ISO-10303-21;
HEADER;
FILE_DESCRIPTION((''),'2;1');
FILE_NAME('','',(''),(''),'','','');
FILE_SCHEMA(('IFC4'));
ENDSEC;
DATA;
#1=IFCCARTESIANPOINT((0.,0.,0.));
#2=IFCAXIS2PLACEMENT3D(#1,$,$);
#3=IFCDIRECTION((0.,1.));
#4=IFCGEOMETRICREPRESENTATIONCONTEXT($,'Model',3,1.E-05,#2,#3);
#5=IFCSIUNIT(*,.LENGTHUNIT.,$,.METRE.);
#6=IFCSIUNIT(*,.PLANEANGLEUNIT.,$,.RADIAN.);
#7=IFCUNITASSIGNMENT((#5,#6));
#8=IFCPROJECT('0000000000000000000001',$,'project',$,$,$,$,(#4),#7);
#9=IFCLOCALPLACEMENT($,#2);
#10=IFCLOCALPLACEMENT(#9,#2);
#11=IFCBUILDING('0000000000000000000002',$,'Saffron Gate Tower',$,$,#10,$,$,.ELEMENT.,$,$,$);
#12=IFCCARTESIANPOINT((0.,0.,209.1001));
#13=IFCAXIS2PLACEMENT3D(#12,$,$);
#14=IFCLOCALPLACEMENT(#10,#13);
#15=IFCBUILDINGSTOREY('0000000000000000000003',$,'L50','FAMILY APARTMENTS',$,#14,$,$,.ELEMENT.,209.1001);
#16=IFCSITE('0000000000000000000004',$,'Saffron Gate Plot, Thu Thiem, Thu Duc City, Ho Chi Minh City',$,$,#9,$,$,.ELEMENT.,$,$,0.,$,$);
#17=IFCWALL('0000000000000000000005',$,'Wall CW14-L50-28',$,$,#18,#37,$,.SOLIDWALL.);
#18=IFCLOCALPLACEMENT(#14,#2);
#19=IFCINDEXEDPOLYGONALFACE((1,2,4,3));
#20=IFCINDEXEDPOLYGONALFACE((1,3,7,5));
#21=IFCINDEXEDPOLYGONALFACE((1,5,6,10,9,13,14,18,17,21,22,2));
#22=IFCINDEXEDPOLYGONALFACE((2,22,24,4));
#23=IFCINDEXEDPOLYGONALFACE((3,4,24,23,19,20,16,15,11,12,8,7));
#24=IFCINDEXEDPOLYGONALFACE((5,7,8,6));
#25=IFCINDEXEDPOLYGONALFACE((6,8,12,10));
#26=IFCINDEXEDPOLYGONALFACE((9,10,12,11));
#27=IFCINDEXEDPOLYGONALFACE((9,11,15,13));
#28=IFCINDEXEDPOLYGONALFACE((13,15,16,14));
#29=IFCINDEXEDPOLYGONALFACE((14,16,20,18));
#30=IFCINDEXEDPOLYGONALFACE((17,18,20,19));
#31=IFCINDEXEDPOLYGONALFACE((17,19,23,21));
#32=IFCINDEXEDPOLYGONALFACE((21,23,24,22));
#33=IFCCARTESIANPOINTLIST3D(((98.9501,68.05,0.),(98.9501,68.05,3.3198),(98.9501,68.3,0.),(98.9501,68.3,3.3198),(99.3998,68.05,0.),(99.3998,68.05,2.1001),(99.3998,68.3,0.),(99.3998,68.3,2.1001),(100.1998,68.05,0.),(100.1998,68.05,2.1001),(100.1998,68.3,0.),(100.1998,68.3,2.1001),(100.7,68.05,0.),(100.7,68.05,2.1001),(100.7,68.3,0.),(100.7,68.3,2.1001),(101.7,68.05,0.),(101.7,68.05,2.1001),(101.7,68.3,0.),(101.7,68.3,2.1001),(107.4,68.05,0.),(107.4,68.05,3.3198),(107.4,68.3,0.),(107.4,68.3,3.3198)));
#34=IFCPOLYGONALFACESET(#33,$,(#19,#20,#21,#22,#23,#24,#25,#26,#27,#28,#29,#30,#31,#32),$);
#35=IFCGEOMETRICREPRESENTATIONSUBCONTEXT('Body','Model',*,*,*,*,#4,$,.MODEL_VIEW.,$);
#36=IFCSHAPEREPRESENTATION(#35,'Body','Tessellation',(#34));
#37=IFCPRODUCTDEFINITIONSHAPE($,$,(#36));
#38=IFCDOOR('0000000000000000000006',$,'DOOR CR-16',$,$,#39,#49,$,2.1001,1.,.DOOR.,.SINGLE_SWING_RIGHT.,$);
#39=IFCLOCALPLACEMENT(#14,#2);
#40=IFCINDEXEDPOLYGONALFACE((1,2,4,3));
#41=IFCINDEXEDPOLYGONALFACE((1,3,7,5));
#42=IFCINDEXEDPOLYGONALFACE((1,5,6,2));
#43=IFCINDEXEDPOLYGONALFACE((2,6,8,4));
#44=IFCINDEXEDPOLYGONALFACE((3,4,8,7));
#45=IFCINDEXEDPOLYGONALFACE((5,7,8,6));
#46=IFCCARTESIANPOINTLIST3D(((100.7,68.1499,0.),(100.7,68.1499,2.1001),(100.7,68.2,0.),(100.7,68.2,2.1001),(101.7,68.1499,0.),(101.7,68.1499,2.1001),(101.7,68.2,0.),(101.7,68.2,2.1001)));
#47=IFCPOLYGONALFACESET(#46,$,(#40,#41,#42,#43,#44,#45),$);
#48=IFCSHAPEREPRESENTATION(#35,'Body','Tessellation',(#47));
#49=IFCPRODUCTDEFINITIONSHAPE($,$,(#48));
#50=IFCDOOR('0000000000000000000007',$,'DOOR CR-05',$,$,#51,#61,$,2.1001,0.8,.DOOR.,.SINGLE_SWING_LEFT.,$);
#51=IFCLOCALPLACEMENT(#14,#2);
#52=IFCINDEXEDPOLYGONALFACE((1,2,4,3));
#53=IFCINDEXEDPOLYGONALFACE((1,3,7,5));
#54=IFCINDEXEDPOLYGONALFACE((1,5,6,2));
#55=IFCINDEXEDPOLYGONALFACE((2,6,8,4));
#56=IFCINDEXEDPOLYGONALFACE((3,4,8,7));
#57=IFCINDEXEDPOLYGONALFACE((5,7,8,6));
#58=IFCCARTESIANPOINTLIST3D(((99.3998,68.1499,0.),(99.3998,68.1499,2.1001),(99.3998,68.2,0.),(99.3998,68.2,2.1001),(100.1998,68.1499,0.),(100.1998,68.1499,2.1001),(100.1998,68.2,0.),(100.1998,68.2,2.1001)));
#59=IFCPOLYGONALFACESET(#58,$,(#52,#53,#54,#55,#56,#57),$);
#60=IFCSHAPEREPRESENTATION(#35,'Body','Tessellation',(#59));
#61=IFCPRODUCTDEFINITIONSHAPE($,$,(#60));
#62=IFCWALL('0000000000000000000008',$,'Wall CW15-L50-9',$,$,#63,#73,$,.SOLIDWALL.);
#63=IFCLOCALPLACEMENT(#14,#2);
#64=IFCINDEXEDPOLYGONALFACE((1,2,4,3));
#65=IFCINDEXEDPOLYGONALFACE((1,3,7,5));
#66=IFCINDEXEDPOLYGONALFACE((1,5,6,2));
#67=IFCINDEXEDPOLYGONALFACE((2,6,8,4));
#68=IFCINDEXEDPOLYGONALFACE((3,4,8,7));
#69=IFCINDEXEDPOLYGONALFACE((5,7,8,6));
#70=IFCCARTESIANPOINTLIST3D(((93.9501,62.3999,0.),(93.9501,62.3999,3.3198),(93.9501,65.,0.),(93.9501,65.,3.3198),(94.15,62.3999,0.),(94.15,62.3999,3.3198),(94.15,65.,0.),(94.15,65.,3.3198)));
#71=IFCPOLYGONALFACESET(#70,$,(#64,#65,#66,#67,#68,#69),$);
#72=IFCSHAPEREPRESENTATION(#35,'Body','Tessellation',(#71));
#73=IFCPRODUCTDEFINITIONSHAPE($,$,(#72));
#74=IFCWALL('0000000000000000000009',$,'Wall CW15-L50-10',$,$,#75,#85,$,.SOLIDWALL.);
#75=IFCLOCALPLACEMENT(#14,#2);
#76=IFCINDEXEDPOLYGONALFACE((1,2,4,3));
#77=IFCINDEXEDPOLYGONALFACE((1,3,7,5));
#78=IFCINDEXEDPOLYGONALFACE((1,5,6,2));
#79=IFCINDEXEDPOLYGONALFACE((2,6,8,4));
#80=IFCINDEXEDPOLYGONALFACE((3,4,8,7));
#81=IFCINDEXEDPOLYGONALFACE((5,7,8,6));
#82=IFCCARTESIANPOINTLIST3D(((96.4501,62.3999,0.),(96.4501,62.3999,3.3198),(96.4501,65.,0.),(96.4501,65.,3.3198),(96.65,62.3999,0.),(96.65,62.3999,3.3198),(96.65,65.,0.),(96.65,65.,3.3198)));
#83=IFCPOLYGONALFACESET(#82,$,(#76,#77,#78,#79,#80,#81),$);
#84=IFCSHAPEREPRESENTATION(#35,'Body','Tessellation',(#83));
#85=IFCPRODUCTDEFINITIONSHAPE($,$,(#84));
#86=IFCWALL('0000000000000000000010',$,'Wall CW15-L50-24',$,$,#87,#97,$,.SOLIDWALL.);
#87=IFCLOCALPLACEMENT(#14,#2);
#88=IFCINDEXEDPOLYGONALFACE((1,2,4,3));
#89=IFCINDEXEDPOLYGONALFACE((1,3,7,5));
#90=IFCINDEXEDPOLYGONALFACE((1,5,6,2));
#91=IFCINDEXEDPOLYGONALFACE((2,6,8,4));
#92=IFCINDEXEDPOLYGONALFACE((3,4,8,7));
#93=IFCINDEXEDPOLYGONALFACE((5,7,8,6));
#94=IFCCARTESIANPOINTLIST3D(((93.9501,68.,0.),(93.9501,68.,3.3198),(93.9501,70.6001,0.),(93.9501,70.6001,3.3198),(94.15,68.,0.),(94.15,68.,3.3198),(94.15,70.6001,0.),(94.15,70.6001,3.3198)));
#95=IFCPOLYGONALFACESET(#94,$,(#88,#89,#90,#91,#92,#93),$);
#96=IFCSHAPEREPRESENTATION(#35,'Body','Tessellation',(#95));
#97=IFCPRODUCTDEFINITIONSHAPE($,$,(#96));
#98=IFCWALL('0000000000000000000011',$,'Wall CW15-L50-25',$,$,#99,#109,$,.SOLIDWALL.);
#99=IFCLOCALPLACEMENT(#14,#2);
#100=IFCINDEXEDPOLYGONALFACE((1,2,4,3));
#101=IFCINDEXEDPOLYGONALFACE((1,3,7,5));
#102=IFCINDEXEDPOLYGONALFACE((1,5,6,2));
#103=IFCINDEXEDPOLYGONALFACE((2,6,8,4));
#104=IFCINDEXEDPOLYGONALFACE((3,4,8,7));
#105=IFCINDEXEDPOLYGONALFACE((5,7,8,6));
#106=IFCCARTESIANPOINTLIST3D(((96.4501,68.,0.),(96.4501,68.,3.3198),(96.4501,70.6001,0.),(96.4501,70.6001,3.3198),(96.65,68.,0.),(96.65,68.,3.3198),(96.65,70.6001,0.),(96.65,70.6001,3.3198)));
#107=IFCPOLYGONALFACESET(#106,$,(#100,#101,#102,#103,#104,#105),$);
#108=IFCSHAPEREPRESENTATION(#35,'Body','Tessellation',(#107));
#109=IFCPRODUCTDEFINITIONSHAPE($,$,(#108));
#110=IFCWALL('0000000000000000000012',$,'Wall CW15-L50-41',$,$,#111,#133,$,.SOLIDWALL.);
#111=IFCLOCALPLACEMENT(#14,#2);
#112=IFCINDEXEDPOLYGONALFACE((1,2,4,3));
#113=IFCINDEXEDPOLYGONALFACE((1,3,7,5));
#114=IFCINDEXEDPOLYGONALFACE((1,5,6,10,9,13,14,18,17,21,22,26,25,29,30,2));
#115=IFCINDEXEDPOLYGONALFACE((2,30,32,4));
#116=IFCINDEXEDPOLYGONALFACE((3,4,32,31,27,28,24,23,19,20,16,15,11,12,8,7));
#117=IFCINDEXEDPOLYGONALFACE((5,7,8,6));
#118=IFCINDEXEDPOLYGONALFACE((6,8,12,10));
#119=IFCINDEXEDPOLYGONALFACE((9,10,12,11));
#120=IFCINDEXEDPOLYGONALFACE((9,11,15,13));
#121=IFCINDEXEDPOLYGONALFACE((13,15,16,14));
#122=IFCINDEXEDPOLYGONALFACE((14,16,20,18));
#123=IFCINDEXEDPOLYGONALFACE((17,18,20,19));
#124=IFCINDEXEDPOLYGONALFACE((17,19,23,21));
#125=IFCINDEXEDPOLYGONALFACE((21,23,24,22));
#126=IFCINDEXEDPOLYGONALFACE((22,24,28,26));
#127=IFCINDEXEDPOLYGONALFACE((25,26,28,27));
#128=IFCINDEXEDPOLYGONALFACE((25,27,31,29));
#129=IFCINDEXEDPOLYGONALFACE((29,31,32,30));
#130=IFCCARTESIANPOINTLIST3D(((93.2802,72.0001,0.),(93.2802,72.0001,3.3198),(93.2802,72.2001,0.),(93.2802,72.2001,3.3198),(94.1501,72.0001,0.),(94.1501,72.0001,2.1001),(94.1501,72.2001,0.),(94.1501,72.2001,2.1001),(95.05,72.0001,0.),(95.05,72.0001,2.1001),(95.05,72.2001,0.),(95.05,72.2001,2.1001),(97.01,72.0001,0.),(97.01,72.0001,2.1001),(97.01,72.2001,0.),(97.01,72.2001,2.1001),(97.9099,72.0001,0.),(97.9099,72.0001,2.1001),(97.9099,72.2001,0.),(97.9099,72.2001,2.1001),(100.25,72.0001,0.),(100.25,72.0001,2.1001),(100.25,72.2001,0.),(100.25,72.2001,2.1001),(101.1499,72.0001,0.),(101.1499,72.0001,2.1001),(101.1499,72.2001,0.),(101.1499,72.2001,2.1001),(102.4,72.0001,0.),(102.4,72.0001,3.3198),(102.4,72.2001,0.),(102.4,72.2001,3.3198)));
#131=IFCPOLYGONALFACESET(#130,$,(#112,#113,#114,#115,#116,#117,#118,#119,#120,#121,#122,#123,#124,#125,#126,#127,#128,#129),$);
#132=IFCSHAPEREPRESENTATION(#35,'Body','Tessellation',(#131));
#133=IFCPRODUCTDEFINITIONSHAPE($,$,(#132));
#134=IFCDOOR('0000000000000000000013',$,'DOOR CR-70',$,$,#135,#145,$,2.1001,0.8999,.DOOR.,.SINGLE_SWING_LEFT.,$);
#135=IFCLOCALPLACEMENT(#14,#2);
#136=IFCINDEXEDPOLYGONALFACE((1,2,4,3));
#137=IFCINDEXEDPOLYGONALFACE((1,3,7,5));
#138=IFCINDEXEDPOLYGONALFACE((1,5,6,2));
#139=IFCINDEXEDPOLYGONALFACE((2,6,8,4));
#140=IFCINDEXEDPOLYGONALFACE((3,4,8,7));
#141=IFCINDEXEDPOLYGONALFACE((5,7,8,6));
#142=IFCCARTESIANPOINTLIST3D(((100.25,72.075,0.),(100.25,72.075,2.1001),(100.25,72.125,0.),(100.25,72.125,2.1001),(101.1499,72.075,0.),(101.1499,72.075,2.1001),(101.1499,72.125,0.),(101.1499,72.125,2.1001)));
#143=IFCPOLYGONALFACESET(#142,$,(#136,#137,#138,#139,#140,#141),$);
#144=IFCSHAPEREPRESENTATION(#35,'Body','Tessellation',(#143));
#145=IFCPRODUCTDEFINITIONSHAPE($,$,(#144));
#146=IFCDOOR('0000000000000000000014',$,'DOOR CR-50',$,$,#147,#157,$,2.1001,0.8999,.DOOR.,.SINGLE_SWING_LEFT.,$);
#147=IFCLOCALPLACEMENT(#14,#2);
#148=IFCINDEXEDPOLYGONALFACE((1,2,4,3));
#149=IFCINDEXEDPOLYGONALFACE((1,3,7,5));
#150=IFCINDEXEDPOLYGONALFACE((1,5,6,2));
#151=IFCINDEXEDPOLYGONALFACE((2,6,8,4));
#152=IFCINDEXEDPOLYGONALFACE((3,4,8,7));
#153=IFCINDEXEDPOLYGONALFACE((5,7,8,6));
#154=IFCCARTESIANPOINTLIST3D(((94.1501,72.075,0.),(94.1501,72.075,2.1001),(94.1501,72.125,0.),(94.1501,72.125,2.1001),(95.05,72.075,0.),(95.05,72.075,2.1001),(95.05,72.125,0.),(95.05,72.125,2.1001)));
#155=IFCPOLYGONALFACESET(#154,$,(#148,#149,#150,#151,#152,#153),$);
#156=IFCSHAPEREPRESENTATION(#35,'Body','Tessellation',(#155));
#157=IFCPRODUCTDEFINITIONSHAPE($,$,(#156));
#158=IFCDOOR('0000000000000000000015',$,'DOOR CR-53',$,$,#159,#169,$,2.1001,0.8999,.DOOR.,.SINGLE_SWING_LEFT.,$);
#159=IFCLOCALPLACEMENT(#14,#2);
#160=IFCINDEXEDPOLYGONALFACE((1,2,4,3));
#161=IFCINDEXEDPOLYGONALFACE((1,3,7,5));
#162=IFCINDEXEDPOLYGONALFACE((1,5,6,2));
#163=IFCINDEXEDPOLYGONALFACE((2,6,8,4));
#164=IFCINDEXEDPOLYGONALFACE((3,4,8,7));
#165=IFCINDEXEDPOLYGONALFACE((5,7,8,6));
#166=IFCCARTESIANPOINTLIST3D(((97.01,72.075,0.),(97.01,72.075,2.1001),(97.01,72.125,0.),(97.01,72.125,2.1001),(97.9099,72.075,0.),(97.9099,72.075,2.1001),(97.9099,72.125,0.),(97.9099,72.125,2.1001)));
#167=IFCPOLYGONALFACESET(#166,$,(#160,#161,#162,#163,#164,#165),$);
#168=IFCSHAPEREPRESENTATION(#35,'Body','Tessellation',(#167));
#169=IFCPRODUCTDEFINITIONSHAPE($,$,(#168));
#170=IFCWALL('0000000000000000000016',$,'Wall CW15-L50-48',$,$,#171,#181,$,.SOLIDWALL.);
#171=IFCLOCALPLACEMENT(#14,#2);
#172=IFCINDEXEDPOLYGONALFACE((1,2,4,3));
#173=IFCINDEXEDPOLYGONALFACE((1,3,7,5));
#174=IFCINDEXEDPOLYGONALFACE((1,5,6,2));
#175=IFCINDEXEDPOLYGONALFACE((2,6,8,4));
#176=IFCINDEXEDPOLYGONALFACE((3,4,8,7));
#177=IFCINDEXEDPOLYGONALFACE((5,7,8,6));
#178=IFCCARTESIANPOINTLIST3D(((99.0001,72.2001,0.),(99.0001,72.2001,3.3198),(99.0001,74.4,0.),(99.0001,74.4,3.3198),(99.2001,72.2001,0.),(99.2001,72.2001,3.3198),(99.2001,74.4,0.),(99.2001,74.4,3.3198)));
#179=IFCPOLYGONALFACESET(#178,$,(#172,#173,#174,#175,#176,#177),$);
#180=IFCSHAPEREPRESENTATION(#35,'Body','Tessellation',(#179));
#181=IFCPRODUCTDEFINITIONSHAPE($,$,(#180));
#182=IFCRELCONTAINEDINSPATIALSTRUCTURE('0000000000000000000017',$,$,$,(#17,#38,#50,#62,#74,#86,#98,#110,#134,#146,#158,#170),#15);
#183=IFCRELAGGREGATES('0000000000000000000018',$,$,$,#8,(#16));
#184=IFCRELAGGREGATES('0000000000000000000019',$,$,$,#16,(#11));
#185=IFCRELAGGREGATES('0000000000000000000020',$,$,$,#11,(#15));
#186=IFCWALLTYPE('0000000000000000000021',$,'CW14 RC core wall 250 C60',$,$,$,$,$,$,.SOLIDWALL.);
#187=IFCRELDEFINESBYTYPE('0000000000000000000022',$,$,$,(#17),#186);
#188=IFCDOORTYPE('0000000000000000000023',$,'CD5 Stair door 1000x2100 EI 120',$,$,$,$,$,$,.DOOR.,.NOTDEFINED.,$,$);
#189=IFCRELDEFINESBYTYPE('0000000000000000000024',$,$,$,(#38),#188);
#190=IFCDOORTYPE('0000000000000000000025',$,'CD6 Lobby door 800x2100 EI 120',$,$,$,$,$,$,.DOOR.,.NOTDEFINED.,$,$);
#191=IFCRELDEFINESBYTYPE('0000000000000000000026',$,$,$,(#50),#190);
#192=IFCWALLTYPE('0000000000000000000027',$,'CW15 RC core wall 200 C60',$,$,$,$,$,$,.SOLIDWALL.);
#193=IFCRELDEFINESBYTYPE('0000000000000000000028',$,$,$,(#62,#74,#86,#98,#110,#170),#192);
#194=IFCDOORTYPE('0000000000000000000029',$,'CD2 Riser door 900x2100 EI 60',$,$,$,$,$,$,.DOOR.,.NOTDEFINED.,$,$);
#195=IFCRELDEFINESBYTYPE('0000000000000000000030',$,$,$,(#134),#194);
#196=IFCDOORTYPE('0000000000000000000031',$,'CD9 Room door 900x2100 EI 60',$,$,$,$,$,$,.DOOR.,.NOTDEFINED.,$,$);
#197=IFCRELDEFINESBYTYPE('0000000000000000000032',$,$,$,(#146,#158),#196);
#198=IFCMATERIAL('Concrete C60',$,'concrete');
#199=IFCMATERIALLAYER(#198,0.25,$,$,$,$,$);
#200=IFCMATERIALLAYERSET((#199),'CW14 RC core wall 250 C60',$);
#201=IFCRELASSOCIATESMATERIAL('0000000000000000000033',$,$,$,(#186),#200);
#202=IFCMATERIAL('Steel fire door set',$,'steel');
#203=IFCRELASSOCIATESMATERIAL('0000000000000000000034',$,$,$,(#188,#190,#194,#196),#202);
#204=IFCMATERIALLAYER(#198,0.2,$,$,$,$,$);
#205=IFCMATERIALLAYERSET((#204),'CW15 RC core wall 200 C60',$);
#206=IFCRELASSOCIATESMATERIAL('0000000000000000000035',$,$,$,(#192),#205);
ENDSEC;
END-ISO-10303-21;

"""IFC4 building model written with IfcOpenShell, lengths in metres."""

from ifc_helpers import new_model, si_unit, direction, frame, frame_2d, origin, place, context, subcontext, project, spatial, rectangle, extrude, material, layer, layer_set, type_object, element, fill, save


model = new_model("IFC4")

# Units and contexts
model_context = context("Model", 3, precision=1e-05, world=origin(), true_north=direction((0.0, 1.0)))
body_context = subcontext(model_context, "Body", "Model", "MODEL_VIEW")
ifc_project = project(units=[si_unit("LENGTHUNIT", "METRE"), si_unit("PLANEANGLEUNIT", "RADIAN")], contexts=[model_context])

# Site, building, storey
site_placement = place(None, origin())
site = spatial("IfcSite", under=ifc_project, at=site_placement, Name="Saffron Gate Plot, Thu Thiem, Thu Duc City, Ho Chi Minh City", CompositionType="ELEMENT", RefElevation=0.0)
building_placement = place(site_placement, origin())
building = spatial("IfcBuilding", under=site, at=building_placement, Name="Saffron Gate Tower", CompositionType="ELEMENT")
storey_placement = place(building_placement, frame((0.0, 0.0, 209.1001)))
storey = spatial("IfcBuildingStorey", under=building, at=storey_placement, Name="L50", Description="FAMILY APARTMENTS", CompositionType="ELEMENT", Elevation=209.1001)

# Wall, openings, doors
ifc_material_1 = material(Name="Concrete C60", Category="concrete")
ifc_layer_1 = layer(ifc_material_1, 0.25)
ifc_layer_set_1 = layer_set([ifc_layer_1], Name="CW14 RC core wall 250 C60")
wall_type_1 = type_object("IfcWallType", Name="CW14 RC core wall 250 C60", PredefinedType="SOLIDWALL", material=ifc_layer_set_1)
wall_1_placement = place(storey_placement, frame((98.95, 68.175, 0.0), z_axis=(0.0, 0.0, 1.0), x_axis=(1.0, 0.0, 0.0)))
wall_1 = element("IfcWall", 1, at=wall_1_placement, inside=storey, type_object=wall_type_1, Name="Wall CW14-L50-28", PredefinedType="SOLIDWALL", context=body_context, shape_type="SweptSolid", body=[
    extrude(rectangle(XDim=8.45, YDim=0.25, at=frame_2d((4.2251, 0.0))), origin(), (0.0, 0.0, 1.0), 3.3198),
])
opening_1_placement = place(wall_1_placement, frame((0.45, 0.0, 0.0)))
opening_1 = element("IfcOpeningElement", 2, at=opening_1_placement, cuts=wall_1, PredefinedType="OPENING", context=body_context, shape_type="SweptSolid", body=[
    extrude(rectangle(XDim=0.8, YDim=2.1001, at=frame_2d((0.3999, 1.05))), frame((0.0, 0.135, 0.0), z_axis=(0.0, -1.0, 0.0), x_axis=(1.0, 0.0, 0.0)), (0.0, 0.0, 1.0), 0.27),
])
opening_2_placement = place(wall_1_placement, frame((1.75, 0.0, 0.0)))
opening_2 = element("IfcOpeningElement", 3, at=opening_2_placement, cuts=wall_1, PredefinedType="OPENING", context=body_context, shape_type="SweptSolid", body=[
    extrude(rectangle(XDim=1.0, YDim=2.1001, at=frame_2d((0.5, 1.05))), frame((0.0, 0.135, 0.0), z_axis=(0.0, -1.0, 0.0), x_axis=(1.0, 0.0, 0.0)), (0.0, 0.0, 1.0), 0.27),
])
ifc_material_2 = material(Name="Steel fire door set", Category="steel")
door_type_1 = type_object("IfcDoorType", Name="CD5 Stair door 1000x2100 EI 120", OperationType="NOTDEFINED", PredefinedType="DOOR", material=ifc_material_2)
door_1_placement = place(opening_2_placement, origin())
door_1 = element("IfcDoor", 4, at=door_1_placement, inside=storey, type_object=door_type_1, Name="DOOR CR-16", OperationType="SINGLE_SWING_RIGHT", OverallHeight=2.1001, OverallWidth=1.0, PredefinedType="DOOR", context=body_context, shape_type="SweptSolid", body=[
    extrude(rectangle(XDim=1.0, YDim=2.1001, at=frame_2d((0.5, 1.05))), frame((0.0, 0.0249, 0.0), z_axis=(0.0, -1.0, 0.0), x_axis=(1.0, 0.0, 0.0)), (0.0, 0.0, 1.0), 0.05),
])
fill(opening_2, door_1)
door_type_2 = type_object("IfcDoorType", Name="CD6 Lobby door 800x2100 EI 120", OperationType="NOTDEFINED", PredefinedType="DOOR", material=ifc_material_2)
door_2_placement = place(opening_1_placement, origin())
door_2 = element("IfcDoor", 5, at=door_2_placement, inside=storey, type_object=door_type_2, Name="DOOR CR-05", OperationType="SINGLE_SWING_LEFT", OverallHeight=2.1001, OverallWidth=0.8, PredefinedType="DOOR", context=body_context, shape_type="SweptSolid", body=[
    extrude(rectangle(XDim=0.8, YDim=2.1001, at=frame_2d((0.3999, 1.05))), frame((0.0, 0.0249, 0.0), z_axis=(0.0, -1.0, 0.0), x_axis=(1.0, 0.0, 0.0)), (0.0, 0.0, 1.0), 0.05),
])
fill(opening_1, door_2)

# Walls
ifc_layer_2 = layer(ifc_material_1, 0.2)
ifc_layer_set_2 = layer_set([ifc_layer_2], Name="CW15 RC core wall 200 C60")
wall_type_2 = type_object("IfcWallType", Name="CW15 RC core wall 200 C60", PredefinedType="SOLIDWALL", material=ifc_layer_set_2)
for number, where, z_axis, x_axis, name in (
    (6, (94.05, 62.3999, 0.0), (0.0, 0.0, 1.0), (0.0, 1.0, 0.0), "Wall CW15-L50-9"),
    (7, (96.55, 62.3999, 0.0), (0.0, 0.0, 1.0), (0.0, 1.0, 0.0), "Wall CW15-L50-10"),
    (8, (94.05, 68.0, 0.0), (0.0, 0.0, 1.0), (0.0, 1.0, 0.0), "Wall CW15-L50-24"),
    (9, (96.55, 68.0, 0.0), (0.0, 0.0, 1.0), (0.0, 1.0, 0.0), "Wall CW15-L50-25"),
):
    element("IfcWall", number, at=place(storey_placement, frame(where, z_axis=z_axis, x_axis=x_axis)), inside=storey, type_object=wall_type_2, Name=name, PredefinedType="SOLIDWALL", context=body_context, shape_type="SweptSolid", body=[
        extrude(rectangle(XDim=2.6001, YDim=0.2, at=frame_2d((1.3, 0.0))), origin(), (0.0, 0.0, 1.0), 3.3198),
    ])

# Wall, openings, doors
wall_2_placement = place(storey_placement, frame((93.28, 72.1001, 0.0), z_axis=(0.0, 0.0, 1.0), x_axis=(1.0, 0.0, 0.0)))
wall_2 = element("IfcWall", 10, at=wall_2_placement, inside=storey, type_object=wall_type_2, Name="Wall CW15-L50-41", PredefinedType="SOLIDWALL", context=body_context, shape_type="SweptSolid", body=[
    extrude(rectangle(XDim=9.1199, YDim=0.2, at=frame_2d((4.5601, 0.0))), origin(), (0.0, 0.0, 1.0), 3.3198),
])
opening_3_placement = place(wall_2_placement, frame((0.8701, 0.0, 0.0)))
opening_3 = element("IfcOpeningElement", 11, at=opening_3_placement, cuts=wall_2, PredefinedType="OPENING", context=body_context, shape_type="SweptSolid", body=[
    extrude(rectangle(XDim=0.8999, YDim=2.1001, at=frame_2d((0.45, 1.05))), frame((0.0, 0.1099, 0.0), z_axis=(0.0, -1.0, 0.0), x_axis=(1.0, 0.0, 0.0)), (0.0, 0.0, 1.0), 0.22),
])
opening_4_placement = place(wall_2_placement, frame((3.73, 0.0, 0.0)))
opening_4 = element("IfcOpeningElement", 12, at=opening_4_placement, cuts=wall_2, PredefinedType="OPENING", context=body_context, shape_type="SweptSolid", body=[
    extrude(rectangle(XDim=0.8999, YDim=2.1001, at=frame_2d((0.45, 1.05))), frame((0.0, 0.1099, 0.0), z_axis=(0.0, -1.0, 0.0), x_axis=(1.0, 0.0, 0.0)), (0.0, 0.0, 1.0), 0.22),
])
opening_5_placement = place(wall_2_placement, frame((6.97, 0.0, 0.0)))
opening_5 = element("IfcOpeningElement", 13, at=opening_5_placement, cuts=wall_2, PredefinedType="OPENING", context=body_context, shape_type="SweptSolid", body=[
    extrude(rectangle(XDim=0.8999, YDim=2.1001, at=frame_2d((0.45, 1.05))), frame((0.0, 0.1099, 0.0), z_axis=(0.0, -1.0, 0.0), x_axis=(1.0, 0.0, 0.0)), (0.0, 0.0, 1.0), 0.22),
])
door_type_3 = type_object("IfcDoorType", Name="CD2 Riser door 900x2100 EI 60", OperationType="NOTDEFINED", PredefinedType="DOOR", material=ifc_material_2)
door_3_placement = place(opening_5_placement, origin())
door_3 = element("IfcDoor", 14, at=door_3_placement, inside=storey, type_object=door_type_3, Name="DOOR CR-70", OperationType="SINGLE_SWING_LEFT", OverallHeight=2.1001, OverallWidth=0.8999, PredefinedType="DOOR", context=body_context, shape_type="SweptSolid", body=[
    extrude(rectangle(XDim=0.8999, YDim=2.1001, at=frame_2d((0.45, 1.05))), frame((0.0, 0.0249, 0.0), z_axis=(0.0, -1.0, 0.0), x_axis=(1.0, 0.0, 0.0)), (0.0, 0.0, 1.0), 0.05),
])
fill(opening_5, door_3)
door_type_4 = type_object("IfcDoorType", Name="CD9 Room door 900x2100 EI 60", OperationType="NOTDEFINED", PredefinedType="DOOR", material=ifc_material_2)
door_4_placement = place(opening_3_placement, origin())
door_4 = element("IfcDoor", 15, at=door_4_placement, inside=storey, type_object=door_type_4, Name="DOOR CR-50", OperationType="SINGLE_SWING_LEFT", OverallHeight=2.1001, OverallWidth=0.8999, PredefinedType="DOOR", context=body_context, shape_type="SweptSolid", body=[
    extrude(rectangle(XDim=0.8999, YDim=2.1001, at=frame_2d((0.45, 1.05))), frame((0.0, 0.0249, 0.0), z_axis=(0.0, -1.0, 0.0), x_axis=(1.0, 0.0, 0.0)), (0.0, 0.0, 1.0), 0.05),
])
fill(opening_3, door_4)
door_5_placement = place(opening_4_placement, origin())
door_5 = element("IfcDoor", 16, at=door_5_placement, inside=storey, type_object=door_type_4, Name="DOOR CR-53", OperationType="SINGLE_SWING_LEFT", OverallHeight=2.1001, OverallWidth=0.8999, PredefinedType="DOOR", context=body_context, shape_type="SweptSolid", body=[
    extrude(rectangle(XDim=0.8999, YDim=2.1001, at=frame_2d((0.45, 1.05))), frame((0.0, 0.0249, 0.0), z_axis=(0.0, -1.0, 0.0), x_axis=(1.0, 0.0, 0.0)), (0.0, 0.0, 1.0), 0.05),
])
fill(opening_4, door_5)

# Wall
wall_3_placement = place(storey_placement, frame((99.1001, 72.2, 0.0), z_axis=(0.0, 0.0, 1.0), x_axis=(0.0, 1.0, 0.0)))
element("IfcWall", 17, at=wall_3_placement, inside=storey, type_object=wall_type_2, Name="Wall CW15-L50-48", PredefinedType="SOLIDWALL", context=body_context, shape_type="SweptSolid", body=[
    extrude(rectangle(XDim=2.2, YDim=0.2, at=frame_2d((1.1001, 0.0))), origin(), (0.0, 0.0, 1.0), 3.3198),
])

save(model, "model.ifc")
